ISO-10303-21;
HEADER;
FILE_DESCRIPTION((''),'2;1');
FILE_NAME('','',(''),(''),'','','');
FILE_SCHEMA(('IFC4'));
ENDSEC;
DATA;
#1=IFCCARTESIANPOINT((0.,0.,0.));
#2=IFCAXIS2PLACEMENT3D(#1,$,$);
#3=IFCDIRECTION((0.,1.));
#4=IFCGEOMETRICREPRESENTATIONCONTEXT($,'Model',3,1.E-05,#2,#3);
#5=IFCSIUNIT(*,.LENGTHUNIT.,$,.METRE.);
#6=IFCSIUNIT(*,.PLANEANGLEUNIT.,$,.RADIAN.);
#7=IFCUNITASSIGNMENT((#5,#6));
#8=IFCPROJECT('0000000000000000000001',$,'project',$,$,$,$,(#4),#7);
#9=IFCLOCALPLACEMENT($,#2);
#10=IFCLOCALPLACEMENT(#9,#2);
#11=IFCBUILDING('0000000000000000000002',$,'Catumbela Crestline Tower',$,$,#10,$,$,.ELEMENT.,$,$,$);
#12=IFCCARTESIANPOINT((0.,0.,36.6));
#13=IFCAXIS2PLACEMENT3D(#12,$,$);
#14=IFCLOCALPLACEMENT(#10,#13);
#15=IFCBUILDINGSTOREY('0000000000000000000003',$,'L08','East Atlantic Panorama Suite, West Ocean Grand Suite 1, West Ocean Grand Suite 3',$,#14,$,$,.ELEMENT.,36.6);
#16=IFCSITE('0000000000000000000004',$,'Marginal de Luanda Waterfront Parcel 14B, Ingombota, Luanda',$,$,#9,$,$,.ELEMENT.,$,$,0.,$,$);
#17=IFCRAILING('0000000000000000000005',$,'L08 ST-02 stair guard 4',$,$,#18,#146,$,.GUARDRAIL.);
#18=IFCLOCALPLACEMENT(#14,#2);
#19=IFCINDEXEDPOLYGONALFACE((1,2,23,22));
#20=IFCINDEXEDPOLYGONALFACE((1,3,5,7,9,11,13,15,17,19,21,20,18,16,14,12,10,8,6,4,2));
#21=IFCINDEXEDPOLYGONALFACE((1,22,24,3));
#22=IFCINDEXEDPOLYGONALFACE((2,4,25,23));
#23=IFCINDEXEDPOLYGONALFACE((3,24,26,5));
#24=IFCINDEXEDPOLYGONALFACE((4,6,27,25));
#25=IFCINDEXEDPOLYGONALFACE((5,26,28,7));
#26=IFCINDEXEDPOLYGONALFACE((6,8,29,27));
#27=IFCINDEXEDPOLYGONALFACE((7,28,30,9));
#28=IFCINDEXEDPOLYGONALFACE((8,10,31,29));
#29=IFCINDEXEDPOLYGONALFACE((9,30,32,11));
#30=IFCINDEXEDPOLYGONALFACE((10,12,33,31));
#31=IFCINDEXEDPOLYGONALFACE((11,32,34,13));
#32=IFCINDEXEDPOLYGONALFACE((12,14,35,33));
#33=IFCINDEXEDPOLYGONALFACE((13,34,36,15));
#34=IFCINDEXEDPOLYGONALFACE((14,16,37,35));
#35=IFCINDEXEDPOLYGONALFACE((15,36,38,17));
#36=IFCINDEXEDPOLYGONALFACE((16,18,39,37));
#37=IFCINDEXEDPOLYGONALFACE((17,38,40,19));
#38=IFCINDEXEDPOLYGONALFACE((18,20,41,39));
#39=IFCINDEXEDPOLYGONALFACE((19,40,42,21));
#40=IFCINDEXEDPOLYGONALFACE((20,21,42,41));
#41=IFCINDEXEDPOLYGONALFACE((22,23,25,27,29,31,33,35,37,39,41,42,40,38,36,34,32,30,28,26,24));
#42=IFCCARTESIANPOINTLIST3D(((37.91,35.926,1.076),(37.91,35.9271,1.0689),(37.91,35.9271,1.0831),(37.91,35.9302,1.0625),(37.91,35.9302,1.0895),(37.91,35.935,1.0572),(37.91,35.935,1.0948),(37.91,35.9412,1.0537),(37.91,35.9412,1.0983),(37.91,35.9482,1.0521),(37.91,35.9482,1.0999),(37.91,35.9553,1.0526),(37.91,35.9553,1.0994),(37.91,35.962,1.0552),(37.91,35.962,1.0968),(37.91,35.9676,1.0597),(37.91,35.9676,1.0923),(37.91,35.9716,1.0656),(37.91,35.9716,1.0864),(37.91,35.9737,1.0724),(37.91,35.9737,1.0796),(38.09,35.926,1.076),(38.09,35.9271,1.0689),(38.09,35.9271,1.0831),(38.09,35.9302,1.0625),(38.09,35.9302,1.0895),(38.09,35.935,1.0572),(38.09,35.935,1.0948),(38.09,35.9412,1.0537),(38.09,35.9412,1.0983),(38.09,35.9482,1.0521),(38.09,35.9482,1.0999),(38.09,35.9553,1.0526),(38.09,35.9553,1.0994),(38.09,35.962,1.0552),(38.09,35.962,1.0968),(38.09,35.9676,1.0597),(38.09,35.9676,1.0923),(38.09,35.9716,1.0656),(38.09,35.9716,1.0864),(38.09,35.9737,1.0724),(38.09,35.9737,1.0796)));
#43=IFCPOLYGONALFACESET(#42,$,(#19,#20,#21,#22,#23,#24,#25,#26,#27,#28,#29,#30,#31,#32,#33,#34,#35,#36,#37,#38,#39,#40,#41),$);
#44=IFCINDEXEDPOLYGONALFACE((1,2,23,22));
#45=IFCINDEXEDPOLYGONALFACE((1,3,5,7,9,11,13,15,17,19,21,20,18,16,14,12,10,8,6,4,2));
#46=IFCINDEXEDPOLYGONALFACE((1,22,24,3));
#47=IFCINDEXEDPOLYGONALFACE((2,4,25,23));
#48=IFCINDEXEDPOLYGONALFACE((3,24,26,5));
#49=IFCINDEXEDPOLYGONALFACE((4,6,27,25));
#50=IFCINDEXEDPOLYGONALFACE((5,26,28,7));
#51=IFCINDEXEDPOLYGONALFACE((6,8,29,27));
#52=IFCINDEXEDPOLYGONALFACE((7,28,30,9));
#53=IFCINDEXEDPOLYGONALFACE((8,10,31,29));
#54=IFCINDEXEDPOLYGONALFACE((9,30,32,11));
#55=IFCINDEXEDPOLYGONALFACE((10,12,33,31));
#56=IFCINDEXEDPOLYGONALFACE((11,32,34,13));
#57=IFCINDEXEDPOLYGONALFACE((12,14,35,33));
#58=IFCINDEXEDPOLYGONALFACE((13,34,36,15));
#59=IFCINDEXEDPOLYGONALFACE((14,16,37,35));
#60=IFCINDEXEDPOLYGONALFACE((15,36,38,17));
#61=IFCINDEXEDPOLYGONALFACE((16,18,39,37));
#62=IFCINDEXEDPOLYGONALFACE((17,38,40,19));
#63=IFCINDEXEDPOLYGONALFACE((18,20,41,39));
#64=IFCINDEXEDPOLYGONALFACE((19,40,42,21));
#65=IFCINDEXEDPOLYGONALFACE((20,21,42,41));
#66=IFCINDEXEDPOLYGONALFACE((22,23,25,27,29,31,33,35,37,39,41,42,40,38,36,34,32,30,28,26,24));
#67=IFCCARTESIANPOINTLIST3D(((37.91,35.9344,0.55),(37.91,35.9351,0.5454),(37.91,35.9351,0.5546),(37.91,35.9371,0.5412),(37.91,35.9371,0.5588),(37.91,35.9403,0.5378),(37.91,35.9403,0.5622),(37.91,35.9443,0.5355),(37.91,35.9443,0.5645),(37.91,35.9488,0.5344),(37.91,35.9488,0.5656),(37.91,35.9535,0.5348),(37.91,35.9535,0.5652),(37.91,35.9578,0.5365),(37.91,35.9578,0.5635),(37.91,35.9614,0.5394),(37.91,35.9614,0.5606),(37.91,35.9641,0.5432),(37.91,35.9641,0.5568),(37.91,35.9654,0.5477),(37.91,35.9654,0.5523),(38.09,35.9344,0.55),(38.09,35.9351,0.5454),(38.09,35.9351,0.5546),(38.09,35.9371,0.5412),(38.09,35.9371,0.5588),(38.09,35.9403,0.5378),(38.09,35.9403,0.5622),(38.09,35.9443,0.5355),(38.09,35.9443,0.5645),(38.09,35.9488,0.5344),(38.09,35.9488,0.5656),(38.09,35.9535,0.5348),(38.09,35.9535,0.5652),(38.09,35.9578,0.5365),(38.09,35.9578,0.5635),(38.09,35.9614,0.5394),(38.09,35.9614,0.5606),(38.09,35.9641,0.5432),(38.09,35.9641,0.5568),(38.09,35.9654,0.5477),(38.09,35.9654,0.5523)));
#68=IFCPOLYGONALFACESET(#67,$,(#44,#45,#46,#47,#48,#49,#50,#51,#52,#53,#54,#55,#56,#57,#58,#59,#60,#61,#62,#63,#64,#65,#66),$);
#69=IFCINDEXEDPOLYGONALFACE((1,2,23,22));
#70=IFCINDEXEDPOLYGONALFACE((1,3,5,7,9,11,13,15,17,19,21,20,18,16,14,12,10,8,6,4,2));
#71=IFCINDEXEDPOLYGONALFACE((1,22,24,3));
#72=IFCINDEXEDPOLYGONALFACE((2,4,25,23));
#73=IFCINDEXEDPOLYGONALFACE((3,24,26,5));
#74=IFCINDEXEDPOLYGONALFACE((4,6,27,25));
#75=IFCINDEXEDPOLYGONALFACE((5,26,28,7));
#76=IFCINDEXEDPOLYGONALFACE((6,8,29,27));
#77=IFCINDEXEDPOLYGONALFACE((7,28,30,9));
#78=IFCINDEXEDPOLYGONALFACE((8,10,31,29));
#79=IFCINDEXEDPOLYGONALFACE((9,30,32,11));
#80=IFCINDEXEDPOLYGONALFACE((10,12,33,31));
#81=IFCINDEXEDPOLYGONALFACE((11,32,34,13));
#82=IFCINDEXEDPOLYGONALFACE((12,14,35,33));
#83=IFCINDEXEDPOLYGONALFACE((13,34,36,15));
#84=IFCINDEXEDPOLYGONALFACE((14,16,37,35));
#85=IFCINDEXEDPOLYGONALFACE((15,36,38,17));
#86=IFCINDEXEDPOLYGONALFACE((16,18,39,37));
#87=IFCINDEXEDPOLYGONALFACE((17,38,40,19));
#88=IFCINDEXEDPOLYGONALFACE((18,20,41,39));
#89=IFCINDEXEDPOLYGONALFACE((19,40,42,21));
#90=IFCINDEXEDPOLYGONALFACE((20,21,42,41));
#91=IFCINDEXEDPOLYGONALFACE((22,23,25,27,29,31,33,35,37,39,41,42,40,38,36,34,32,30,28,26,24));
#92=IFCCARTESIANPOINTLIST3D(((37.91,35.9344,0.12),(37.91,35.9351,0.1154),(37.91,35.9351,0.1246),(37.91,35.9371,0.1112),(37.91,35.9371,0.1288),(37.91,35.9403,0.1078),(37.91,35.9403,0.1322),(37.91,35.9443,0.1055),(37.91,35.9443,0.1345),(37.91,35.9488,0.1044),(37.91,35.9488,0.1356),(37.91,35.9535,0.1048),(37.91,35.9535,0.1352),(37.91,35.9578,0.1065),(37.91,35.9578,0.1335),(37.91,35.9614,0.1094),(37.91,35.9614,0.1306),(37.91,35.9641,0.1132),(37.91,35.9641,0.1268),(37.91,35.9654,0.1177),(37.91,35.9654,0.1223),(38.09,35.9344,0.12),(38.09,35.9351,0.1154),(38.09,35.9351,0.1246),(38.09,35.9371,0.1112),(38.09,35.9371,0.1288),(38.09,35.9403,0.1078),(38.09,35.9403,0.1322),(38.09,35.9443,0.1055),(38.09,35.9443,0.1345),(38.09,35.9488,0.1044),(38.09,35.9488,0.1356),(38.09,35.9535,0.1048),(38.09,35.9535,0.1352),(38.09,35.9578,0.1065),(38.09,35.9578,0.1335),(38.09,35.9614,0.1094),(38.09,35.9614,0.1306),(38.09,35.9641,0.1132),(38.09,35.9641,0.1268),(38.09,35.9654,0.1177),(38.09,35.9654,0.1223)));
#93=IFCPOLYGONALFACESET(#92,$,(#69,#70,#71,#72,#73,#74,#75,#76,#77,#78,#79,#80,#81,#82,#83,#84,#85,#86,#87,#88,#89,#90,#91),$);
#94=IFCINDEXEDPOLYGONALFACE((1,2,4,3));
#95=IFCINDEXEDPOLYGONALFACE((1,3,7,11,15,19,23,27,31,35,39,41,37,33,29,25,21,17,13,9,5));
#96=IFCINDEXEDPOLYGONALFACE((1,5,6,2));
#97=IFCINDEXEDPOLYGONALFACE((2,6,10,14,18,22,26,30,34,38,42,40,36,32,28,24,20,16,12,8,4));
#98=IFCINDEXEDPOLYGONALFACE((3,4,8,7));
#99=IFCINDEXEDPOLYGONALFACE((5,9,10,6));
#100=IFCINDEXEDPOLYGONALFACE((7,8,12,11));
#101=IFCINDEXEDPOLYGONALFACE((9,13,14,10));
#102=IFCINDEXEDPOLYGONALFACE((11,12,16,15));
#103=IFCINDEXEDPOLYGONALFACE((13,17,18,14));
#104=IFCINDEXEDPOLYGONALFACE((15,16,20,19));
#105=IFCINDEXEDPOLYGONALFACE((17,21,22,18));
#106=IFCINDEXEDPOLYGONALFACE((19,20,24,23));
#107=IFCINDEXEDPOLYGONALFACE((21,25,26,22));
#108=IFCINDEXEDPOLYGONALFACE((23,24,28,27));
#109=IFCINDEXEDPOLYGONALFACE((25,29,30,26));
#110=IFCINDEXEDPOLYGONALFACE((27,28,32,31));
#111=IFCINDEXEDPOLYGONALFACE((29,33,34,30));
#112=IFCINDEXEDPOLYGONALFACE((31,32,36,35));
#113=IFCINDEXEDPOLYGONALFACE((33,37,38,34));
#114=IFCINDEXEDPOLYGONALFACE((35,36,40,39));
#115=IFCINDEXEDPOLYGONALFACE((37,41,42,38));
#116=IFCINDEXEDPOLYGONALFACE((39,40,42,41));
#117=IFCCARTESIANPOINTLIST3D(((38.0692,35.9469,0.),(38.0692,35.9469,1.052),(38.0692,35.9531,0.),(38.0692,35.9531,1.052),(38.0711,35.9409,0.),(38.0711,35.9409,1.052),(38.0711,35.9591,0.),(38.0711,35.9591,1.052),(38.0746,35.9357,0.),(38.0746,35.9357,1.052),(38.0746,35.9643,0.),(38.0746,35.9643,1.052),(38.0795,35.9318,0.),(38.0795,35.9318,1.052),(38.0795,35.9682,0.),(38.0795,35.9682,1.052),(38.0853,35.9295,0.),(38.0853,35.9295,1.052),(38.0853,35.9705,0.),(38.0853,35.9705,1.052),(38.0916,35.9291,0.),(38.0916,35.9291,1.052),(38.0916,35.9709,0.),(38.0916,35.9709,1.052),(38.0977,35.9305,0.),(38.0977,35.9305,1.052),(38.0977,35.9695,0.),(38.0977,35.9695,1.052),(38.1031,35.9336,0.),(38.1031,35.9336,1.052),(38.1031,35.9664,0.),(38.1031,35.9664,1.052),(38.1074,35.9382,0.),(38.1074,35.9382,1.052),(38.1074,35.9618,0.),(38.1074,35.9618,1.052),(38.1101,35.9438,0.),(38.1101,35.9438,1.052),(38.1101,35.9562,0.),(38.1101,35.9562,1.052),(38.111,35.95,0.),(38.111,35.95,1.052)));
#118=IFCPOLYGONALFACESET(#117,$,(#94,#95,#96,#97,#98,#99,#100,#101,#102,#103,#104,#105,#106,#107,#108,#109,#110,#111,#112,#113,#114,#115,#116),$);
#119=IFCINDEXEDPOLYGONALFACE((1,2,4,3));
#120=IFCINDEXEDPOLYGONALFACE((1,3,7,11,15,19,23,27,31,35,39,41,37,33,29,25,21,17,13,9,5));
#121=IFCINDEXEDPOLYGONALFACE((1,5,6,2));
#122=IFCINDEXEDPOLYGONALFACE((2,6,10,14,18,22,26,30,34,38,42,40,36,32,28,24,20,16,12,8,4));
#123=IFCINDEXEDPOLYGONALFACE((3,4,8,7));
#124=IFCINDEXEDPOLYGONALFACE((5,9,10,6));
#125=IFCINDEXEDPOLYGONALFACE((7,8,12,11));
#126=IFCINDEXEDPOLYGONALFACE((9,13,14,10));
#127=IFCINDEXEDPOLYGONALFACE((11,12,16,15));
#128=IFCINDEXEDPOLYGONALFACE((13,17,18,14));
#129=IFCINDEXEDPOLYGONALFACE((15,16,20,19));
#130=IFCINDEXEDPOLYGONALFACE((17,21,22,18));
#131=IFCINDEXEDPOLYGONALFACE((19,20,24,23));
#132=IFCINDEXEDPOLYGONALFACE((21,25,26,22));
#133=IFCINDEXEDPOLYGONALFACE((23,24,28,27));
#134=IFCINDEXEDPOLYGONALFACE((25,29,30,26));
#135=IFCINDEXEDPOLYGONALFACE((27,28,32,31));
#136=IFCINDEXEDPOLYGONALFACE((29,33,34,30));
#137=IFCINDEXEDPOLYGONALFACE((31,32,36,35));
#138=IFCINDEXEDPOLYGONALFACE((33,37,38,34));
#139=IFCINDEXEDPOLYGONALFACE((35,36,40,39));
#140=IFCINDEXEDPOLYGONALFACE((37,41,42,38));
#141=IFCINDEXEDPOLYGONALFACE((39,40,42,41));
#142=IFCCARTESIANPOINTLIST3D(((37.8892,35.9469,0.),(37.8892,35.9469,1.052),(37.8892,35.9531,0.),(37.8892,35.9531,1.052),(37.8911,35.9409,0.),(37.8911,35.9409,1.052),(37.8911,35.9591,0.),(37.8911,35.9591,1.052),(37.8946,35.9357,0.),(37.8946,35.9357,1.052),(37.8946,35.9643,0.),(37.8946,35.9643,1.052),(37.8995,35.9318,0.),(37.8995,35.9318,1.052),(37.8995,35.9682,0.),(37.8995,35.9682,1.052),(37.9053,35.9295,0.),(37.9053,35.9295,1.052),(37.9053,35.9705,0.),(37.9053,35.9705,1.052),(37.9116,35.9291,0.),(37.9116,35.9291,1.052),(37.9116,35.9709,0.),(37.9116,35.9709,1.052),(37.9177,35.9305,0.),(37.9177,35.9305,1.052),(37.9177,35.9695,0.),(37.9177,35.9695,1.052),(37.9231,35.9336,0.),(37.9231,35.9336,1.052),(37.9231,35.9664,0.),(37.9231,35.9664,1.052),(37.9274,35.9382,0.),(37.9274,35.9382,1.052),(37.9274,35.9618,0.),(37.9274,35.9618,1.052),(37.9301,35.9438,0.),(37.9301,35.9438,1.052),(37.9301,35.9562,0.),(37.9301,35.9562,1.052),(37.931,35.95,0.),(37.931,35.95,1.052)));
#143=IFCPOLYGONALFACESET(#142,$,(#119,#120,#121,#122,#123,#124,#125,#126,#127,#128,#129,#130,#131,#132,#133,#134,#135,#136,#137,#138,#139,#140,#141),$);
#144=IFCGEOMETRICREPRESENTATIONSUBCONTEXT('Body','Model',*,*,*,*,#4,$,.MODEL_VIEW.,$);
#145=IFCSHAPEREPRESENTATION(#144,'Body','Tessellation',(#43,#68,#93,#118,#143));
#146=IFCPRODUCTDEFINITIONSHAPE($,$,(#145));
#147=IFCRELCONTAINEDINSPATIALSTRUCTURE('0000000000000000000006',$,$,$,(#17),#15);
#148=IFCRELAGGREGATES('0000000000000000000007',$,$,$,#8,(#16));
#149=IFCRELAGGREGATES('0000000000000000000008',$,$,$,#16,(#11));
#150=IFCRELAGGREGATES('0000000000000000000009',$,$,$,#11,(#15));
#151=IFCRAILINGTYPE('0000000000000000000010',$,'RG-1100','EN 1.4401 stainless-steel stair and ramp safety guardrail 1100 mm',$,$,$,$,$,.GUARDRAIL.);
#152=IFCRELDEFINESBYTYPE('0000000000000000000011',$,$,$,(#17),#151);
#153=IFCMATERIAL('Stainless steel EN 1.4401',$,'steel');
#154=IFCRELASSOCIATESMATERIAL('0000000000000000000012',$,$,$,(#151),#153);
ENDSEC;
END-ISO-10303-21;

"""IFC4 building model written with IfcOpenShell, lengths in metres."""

from ifc_helpers import new_model, si_unit, direction, frame, origin, origin_2d, place, context, subcontext, project, spatial, circle, extrude, material, type_object, element, save


model = new_model("IFC4")

# Units and contexts
model_context = context("Model", 3, precision=1e-05, world=origin(), true_north=direction((0.0, 1.0)))
body_context = subcontext(model_context, "Body", "Model", "MODEL_VIEW")
ifc_project = project(units=[si_unit("LENGTHUNIT", "METRE"), si_unit("PLANEANGLEUNIT", "RADIAN")], contexts=[model_context])

# Site, building, storey
site_placement = place(None, origin())
site = spatial("IfcSite", under=ifc_project, at=site_placement, Name="Marginal de Luanda Waterfront Parcel 14B, Ingombota, Luanda", CompositionType="ELEMENT", RefElevation=0.0)
building_placement = place(site_placement, origin())
building = spatial("IfcBuilding", under=site, at=building_placement, Name="Catumbela Crestline Tower", CompositionType="ELEMENT")
storey_placement = place(building_placement, frame((0.0, 0.0, 36.6)))
storey = spatial("IfcBuildingStorey", under=building, at=storey_placement, Name="L08", Description="East Atlantic Panorama Suite, West Ocean Grand Suite 1, West Ocean Grand Suite 3", CompositionType="ELEMENT", Elevation=36.6)

# Shared definitions
ifc_material_1 = material(Name="Stainless steel EN 1.4401", Category="steel")

# Railing
railing_type_1 = type_object("IfcRailingType", Name="RG-1100", Description="EN 1.4401 stainless-steel stair and ramp safety guardrail 1100 mm", PredefinedType="GUARDRAIL", material=ifc_material_1)
railing_1_placement = place(storey_placement, frame((38.09, 35.95, 0.0)))
element("IfcRailing", 1, at=railing_1_placement, inside=storey, type_object=railing_type_1, Name="L08 ST-02 stair guard 4", PredefinedType="GUARDRAIL", context=body_context, shape_type="SweptSolid", body=[
    extrude(circle(Radius=0.024, at=origin_2d()), frame((0.0, 0.0, 1.076), z_axis=(-1.0, 0.0, 0.0), x_axis=(0.0, -1.0, 0.0)), (0.0, 0.0, 1.0), 0.18),
    extrude(circle(Radius=0.0156, at=origin_2d()), frame((0.0, 0.0, 0.55), z_axis=(-1.0, 0.0, 0.0), x_axis=(0.0, -1.0, 0.0)), (0.0, 0.0, 1.0), 0.18),
    extrude(circle(Radius=0.0156, at=origin_2d()), frame((0.0, 0.0, 0.12), z_axis=(-1.0, 0.0, 0.0), x_axis=(0.0, -1.0, 0.0)), (0.0, 0.0, 1.0), 0.18),
    extrude(circle(Radius=0.021, at=origin_2d()), origin(), (0.0, 0.0, 1.0), 1.052),
    extrude(circle(Radius=0.021, at=origin_2d()), frame((-0.18, 0.0, 0.0)), (0.0, 0.0, 1.0), 1.052),
])

save(model, "model.ifc")
